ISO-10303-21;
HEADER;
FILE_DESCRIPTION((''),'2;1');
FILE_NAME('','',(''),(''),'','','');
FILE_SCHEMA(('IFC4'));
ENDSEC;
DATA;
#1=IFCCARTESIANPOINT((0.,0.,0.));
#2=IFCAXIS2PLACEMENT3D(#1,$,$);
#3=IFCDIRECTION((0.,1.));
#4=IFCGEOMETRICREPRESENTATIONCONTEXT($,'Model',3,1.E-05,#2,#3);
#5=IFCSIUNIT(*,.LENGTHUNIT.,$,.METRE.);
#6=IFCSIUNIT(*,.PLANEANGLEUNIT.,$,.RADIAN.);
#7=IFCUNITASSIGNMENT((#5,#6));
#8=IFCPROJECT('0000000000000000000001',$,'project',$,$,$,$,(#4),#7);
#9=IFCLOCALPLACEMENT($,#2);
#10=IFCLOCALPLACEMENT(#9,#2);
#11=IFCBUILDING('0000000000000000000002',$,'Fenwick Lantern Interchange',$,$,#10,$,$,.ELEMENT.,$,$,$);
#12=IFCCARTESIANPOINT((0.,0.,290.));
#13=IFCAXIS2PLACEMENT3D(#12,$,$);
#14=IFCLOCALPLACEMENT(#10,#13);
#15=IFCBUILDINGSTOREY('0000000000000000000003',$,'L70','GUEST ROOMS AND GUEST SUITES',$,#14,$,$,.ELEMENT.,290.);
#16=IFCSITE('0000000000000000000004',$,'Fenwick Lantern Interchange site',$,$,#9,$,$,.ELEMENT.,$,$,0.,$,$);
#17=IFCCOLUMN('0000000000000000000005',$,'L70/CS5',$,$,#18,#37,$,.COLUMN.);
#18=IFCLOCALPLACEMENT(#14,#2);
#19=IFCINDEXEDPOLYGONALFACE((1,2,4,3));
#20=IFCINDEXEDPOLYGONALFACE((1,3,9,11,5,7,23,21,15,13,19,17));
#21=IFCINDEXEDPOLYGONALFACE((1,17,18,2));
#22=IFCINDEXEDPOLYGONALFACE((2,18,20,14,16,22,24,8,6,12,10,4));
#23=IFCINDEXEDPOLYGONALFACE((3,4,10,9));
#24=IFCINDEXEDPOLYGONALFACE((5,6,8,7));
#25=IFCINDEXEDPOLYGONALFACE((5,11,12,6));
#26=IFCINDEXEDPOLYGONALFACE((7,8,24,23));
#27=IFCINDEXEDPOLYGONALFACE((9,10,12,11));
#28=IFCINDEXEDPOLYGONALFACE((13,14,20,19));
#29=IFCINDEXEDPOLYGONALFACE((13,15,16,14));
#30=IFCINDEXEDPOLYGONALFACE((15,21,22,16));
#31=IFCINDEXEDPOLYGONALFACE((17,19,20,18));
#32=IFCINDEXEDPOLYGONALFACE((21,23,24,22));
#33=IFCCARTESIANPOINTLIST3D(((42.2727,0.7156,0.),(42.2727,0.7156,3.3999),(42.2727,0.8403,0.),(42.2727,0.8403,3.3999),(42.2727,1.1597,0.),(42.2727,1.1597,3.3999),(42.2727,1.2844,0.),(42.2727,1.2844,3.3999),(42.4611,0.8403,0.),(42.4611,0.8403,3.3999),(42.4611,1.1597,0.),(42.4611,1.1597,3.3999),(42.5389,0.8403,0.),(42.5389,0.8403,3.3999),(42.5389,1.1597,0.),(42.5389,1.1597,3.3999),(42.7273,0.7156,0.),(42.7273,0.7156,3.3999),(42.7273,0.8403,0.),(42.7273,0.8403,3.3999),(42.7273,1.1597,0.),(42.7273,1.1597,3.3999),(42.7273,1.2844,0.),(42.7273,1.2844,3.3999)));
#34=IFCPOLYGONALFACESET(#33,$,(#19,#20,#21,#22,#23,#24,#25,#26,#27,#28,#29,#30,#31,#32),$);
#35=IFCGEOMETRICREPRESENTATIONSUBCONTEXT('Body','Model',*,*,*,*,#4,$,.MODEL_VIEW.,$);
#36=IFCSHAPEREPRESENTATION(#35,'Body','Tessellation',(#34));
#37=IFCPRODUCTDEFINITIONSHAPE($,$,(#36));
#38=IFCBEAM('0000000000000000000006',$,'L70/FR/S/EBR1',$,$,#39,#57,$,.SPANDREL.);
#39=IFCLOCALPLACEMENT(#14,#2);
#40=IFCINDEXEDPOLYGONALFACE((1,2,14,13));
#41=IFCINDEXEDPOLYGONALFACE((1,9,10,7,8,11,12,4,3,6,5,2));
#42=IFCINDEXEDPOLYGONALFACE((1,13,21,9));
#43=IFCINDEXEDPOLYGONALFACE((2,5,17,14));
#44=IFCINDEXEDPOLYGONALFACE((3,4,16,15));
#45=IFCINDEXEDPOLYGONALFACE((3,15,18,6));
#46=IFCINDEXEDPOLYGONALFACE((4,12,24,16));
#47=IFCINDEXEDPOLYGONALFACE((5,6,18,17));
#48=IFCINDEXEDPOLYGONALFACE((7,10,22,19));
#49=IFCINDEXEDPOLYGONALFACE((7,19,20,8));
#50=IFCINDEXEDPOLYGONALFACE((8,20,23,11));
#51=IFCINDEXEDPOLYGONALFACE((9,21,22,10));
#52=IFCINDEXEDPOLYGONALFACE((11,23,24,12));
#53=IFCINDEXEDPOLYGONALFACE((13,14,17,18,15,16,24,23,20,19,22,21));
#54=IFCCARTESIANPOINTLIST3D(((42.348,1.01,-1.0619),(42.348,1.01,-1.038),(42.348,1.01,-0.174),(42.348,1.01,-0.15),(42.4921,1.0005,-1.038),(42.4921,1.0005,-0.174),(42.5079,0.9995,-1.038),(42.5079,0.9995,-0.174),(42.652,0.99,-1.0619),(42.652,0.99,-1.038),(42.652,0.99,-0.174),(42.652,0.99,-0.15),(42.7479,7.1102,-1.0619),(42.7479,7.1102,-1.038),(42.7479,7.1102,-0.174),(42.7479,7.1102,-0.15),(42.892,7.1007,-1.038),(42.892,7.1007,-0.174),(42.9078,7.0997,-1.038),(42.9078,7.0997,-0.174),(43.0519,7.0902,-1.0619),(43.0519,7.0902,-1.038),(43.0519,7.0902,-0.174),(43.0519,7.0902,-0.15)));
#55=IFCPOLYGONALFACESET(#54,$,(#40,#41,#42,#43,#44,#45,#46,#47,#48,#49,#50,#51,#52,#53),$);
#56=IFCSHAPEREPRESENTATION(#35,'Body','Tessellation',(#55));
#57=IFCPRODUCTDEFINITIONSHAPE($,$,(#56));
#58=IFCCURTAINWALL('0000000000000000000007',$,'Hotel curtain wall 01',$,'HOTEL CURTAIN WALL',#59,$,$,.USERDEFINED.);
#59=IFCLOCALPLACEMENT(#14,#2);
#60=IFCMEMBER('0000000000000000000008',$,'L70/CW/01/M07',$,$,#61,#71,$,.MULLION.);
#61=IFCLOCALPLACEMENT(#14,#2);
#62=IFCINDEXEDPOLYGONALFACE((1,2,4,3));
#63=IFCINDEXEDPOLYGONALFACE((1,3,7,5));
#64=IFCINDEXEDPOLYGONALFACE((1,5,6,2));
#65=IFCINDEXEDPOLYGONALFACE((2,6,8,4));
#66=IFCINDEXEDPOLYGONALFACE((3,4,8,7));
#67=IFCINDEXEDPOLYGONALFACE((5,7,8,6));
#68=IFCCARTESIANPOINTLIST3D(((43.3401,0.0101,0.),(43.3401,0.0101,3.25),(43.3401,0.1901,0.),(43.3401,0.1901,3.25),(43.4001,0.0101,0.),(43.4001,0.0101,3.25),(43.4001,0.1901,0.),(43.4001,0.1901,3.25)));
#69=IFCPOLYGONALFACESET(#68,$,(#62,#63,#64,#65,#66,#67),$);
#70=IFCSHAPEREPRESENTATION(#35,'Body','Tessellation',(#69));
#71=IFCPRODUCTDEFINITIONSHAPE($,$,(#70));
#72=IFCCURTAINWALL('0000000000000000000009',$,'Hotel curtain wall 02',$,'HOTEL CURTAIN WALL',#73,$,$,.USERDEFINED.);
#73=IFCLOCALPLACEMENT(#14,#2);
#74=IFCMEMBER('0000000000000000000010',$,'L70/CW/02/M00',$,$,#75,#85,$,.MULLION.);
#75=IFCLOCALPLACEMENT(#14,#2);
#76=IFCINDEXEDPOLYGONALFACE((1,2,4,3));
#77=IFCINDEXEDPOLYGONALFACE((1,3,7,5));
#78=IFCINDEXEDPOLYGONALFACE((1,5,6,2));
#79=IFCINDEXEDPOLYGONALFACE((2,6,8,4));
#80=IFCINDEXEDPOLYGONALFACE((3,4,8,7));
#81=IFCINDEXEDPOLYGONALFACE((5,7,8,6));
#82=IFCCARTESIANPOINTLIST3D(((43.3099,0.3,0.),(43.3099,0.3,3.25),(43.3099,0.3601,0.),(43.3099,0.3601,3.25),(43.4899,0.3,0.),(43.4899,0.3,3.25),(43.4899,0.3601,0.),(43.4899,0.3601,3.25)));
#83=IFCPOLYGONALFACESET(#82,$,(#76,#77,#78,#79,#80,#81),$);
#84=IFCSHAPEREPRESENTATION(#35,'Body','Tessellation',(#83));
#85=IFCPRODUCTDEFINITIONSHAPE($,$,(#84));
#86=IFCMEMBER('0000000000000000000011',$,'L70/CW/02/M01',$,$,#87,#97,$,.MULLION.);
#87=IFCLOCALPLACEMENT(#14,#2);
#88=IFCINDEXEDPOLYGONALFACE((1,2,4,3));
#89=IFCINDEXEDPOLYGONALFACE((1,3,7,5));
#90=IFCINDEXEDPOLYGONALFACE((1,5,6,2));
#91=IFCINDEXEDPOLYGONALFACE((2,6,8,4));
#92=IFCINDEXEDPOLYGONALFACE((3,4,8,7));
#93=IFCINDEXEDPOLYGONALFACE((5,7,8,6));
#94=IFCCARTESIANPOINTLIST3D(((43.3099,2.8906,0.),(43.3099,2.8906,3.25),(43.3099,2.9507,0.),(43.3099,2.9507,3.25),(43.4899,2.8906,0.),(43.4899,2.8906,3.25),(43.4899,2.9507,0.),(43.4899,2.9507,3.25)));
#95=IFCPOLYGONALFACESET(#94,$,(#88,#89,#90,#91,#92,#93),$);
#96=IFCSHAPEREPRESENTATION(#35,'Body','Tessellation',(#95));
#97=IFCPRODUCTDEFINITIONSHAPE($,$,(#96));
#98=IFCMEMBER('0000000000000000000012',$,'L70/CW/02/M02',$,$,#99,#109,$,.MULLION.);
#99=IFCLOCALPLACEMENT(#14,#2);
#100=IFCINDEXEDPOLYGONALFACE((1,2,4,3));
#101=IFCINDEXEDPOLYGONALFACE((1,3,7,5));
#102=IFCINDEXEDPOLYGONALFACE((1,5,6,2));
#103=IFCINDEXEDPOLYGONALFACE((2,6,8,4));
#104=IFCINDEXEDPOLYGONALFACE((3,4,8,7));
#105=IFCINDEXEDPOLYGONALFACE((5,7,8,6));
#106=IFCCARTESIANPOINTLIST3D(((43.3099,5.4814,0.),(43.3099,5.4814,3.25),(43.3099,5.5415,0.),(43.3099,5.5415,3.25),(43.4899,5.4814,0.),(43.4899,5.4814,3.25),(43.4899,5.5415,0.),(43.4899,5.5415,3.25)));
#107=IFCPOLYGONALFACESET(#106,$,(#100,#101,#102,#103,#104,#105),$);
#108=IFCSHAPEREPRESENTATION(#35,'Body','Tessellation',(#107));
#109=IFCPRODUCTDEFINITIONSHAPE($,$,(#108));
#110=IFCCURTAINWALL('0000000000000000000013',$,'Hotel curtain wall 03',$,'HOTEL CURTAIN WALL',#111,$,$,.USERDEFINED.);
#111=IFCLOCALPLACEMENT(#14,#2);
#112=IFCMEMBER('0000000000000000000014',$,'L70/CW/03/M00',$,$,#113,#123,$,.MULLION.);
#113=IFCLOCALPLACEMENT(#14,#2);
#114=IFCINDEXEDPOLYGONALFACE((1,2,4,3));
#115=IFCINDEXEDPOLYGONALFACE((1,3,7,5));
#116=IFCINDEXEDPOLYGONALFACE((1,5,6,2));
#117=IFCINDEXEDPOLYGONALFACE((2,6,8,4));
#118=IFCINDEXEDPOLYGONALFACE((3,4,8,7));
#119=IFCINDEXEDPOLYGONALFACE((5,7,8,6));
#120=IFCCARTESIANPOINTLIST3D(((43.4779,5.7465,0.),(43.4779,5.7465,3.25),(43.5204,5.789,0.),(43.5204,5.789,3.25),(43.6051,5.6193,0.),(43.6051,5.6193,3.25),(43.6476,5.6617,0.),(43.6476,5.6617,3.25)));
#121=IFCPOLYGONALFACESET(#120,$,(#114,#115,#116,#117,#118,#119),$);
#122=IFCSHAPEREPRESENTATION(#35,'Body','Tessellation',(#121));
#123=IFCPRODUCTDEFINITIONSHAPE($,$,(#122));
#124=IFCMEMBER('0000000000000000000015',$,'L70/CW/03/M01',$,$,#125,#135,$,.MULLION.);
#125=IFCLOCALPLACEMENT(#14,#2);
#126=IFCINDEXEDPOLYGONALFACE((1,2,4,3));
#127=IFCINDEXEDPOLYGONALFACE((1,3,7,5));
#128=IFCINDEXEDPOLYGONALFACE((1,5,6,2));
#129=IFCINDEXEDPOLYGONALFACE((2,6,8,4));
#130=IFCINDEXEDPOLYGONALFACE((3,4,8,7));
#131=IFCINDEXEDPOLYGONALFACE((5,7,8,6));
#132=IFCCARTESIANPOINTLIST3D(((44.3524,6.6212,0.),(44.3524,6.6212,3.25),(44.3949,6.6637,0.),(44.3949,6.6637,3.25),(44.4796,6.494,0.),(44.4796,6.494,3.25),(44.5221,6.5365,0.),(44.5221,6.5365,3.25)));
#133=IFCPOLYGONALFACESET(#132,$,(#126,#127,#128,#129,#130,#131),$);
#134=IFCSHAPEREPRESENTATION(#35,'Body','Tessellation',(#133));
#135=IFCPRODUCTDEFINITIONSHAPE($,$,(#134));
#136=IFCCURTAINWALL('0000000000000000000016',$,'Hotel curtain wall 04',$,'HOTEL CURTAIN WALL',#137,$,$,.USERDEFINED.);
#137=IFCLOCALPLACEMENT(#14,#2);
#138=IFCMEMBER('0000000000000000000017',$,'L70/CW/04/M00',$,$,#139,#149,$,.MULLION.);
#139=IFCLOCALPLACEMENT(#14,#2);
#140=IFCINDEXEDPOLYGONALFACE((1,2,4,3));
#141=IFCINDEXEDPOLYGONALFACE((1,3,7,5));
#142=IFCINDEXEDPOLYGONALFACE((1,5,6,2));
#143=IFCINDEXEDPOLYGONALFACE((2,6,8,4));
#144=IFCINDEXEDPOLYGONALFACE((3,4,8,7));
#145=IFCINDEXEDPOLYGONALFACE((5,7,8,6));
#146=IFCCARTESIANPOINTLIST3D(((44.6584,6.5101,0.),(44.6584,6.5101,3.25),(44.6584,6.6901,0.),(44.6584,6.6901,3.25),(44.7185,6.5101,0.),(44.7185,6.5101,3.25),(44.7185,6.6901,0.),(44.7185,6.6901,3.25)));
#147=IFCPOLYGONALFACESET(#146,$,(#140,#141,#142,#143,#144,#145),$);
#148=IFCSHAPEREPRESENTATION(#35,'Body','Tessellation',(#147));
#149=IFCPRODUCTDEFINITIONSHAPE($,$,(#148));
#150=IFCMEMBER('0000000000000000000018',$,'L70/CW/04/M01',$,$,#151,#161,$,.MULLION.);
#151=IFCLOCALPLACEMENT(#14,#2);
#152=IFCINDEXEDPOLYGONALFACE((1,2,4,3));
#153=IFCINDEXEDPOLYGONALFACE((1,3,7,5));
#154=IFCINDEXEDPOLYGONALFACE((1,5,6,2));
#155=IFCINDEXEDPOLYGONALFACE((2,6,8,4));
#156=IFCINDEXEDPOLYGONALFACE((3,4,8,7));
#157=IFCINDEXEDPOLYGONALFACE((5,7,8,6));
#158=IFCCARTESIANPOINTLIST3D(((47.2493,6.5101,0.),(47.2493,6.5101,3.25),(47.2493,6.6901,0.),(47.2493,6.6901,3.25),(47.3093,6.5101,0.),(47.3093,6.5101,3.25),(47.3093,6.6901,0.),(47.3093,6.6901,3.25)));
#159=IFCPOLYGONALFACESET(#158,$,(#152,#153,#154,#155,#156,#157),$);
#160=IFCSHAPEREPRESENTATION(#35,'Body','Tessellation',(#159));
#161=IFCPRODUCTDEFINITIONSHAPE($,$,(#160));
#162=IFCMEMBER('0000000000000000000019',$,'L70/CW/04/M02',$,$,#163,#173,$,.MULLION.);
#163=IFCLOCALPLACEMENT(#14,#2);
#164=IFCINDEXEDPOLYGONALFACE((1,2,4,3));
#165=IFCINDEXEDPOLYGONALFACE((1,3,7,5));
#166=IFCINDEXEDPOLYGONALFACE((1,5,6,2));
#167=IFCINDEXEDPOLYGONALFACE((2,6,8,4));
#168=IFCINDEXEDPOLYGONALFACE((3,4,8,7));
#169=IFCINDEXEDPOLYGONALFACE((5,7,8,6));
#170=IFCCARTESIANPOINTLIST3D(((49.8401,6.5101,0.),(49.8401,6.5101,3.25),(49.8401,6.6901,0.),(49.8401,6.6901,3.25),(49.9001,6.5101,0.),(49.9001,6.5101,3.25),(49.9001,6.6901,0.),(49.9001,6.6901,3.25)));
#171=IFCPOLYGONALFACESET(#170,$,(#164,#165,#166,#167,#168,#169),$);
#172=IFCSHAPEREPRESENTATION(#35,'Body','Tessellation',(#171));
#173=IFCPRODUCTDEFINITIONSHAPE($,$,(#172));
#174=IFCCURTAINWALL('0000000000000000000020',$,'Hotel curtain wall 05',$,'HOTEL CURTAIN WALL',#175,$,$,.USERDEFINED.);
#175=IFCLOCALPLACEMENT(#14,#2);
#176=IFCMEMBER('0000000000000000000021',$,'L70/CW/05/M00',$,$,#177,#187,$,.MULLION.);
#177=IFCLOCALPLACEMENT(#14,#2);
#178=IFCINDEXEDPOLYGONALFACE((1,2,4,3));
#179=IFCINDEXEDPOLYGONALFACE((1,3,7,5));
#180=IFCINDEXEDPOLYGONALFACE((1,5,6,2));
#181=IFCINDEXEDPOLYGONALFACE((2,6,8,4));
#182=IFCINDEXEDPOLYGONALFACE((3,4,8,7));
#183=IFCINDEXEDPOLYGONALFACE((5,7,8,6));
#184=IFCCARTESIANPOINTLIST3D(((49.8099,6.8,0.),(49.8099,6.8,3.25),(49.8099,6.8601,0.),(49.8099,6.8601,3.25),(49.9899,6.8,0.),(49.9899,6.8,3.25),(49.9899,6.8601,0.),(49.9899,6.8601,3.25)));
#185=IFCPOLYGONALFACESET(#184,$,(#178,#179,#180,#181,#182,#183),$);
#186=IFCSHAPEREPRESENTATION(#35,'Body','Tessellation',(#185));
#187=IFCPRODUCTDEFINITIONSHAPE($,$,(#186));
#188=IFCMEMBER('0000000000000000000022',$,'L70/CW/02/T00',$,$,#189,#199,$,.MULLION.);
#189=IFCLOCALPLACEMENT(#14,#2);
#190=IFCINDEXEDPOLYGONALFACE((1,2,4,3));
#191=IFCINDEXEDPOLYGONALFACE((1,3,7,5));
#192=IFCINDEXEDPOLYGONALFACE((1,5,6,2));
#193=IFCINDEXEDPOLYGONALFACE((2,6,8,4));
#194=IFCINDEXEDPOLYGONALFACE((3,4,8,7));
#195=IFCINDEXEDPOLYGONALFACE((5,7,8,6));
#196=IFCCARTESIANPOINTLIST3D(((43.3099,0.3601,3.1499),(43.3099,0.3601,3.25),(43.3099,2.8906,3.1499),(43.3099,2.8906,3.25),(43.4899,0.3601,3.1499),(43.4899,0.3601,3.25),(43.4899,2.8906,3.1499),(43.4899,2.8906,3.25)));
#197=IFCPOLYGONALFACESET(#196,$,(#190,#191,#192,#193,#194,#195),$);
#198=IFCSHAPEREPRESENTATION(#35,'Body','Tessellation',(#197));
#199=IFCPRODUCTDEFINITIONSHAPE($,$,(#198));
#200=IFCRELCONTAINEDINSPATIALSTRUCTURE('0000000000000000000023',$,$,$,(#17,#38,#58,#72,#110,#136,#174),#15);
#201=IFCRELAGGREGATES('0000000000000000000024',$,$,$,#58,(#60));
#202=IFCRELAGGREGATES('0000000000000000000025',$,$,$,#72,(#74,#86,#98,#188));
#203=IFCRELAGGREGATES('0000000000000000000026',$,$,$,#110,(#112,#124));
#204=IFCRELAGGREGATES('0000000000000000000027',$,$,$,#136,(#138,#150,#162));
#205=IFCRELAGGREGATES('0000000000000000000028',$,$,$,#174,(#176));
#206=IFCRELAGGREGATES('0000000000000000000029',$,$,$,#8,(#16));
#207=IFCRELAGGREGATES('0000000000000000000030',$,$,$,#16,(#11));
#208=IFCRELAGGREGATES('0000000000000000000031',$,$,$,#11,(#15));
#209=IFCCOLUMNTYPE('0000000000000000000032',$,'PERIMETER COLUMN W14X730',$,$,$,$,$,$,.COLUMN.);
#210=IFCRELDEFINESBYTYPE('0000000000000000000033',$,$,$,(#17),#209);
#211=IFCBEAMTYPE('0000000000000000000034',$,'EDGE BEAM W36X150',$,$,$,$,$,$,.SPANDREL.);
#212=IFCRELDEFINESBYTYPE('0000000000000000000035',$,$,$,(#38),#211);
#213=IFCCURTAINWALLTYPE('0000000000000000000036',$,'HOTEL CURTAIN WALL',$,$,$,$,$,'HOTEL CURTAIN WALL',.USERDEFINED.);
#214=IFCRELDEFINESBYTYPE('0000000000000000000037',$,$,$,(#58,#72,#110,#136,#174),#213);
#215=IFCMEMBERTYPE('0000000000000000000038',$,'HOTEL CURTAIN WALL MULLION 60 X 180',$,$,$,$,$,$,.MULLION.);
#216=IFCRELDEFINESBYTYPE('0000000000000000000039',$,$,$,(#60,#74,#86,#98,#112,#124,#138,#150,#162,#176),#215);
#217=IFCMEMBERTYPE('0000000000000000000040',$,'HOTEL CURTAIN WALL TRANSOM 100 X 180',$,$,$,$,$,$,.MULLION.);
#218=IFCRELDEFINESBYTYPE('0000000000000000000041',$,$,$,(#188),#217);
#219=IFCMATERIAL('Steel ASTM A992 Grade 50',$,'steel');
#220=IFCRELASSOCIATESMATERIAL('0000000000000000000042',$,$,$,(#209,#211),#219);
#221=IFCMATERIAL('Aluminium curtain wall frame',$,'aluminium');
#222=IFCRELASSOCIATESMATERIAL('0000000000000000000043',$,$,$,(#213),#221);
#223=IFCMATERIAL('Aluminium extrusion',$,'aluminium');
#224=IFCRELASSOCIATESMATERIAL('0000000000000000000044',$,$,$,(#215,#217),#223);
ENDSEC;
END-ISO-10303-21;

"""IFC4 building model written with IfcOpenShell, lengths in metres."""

from ifc_helpers import new_model, si_unit, direction, frame, origin, origin_2d, place, context, subcontext, project, spatial, rectangle, i_section, extrude, material, material_profile, profile_set, type_object, element, aggregate, save


model = new_model("IFC4")

# Units and contexts
model_context = context("Model", 3, precision=1e-05, world=origin(), true_north=direction((0.0, 1.0)))
body_context = subcontext(model_context, "Body", "Model", "MODEL_VIEW")
ifc_project = project(units=[si_unit("LENGTHUNIT", "METRE"), si_unit("PLANEANGLEUNIT", "RADIAN")], contexts=[model_context])

# Site, building, storey
site_placement = place(None, origin())
site = spatial("IfcSite", under=ifc_project, at=site_placement, Name="Fenwick Lantern Interchange site", CompositionType="ELEMENT", RefElevation=0.0)
building_placement = place(site_placement, origin())
building = spatial("IfcBuilding", under=site, at=building_placement, Name="Fenwick Lantern Interchange", CompositionType="ELEMENT")
storey_placement = place(building_placement, frame((0.0, 0.0, 290.0)))
storey = spatial("IfcBuildingStorey", under=building, at=storey_placement, Name="L70", Description="GUEST ROOMS AND GUEST SUITES", CompositionType="ELEMENT", Elevation=290.0)

# Column
ifc_material_1 = material(Name="Steel ASTM A992 Grade 50", Category="steel")
ifc_material_profile_1 = material_profile(ifc_material_1, i_section(OverallWidth=0.4546, OverallDepth=0.5688, WebThickness=0.0779, FlangeThickness=0.1248, at=origin_2d()), Name="W14X730")
ifc_profile_set_1 = profile_set([ifc_material_profile_1], Name="Steel ASTM A992 Grade 50")
column_type = type_object("IfcColumnType", Name="PERIMETER COLUMN W14X730", PredefinedType="COLUMN", material=ifc_profile_set_1)
column_placement = place(storey_placement, frame((42.5, 1.0, 0.0), z_axis=(0.0, 0.0, 1.0), x_axis=(1.0, 0.0, 0.0)))
element("IfcColumn", 1, at=column_placement, inside=storey, type_object=column_type, Name="L70/CS5", PredefinedType="COLUMN", context=body_context, shape_type="SweptSolid", body=[
    extrude(i_section(OverallWidth=0.4546, OverallDepth=0.5688, WebThickness=0.0779, FlangeThickness=0.1248, at=origin_2d()), origin(), (0.0, 0.0, 1.0), 3.3999),
])

# Beam
ifc_material_profile_2 = material_profile(ifc_material_1, i_section(OverallWidth=0.3047, OverallDepth=0.9119, WebThickness=0.0159, FlangeThickness=0.0239, at=origin_2d()), Name="W36X150")
ifc_profile_set_2 = profile_set([ifc_material_profile_2], Name="Steel ASTM A992 Grade 50")
beam_type = type_object("IfcBeamType", Name="EDGE BEAM W36X150", PredefinedType="SPANDREL", material=ifc_profile_set_2)
beam_placement = place(storey_placement, frame((42.5, 1.0, -0.606), z_axis=(0.065416, 0.997858, 0.0), x_axis=(-0.997858, 0.065416, 0.0)))
element("IfcBeam", 2, at=beam_placement, inside=storey, type_object=beam_type, Name="L70/FR/S/EBR1", PredefinedType="SPANDREL", context=body_context, shape_type="SweptSolid", body=[
    extrude(i_section(OverallWidth=0.3047, OverallDepth=0.9119, WebThickness=0.0159, FlangeThickness=0.0239, at=origin_2d()), origin(), (0.0, 0.0, 1.0), 6.1133),
])

# Curtain wall, member
ifc_material_2 = material(Name="Aluminium curtain wall frame", Category="aluminium")
curtain_wall_type = type_object("IfcCurtainWallType", Name="HOTEL CURTAIN WALL", ElementType="HOTEL CURTAIN WALL", PredefinedType="USERDEFINED", material=ifc_material_2)
curtain_wall_1_placement = place(storey_placement, origin())
curtain_wall_1 = element("IfcCurtainWall", 3, at=curtain_wall_1_placement, inside=storey, type_object=curtain_wall_type, Name="Hotel curtain wall 01", ObjectType="HOTEL CURTAIN WALL", PredefinedType="USERDEFINED")
ifc_material_3 = material(Name="Aluminium extrusion", Category="aluminium")
ifc_material_profile_3 = material_profile(ifc_material_3, rectangle(XDim=0.1799, YDim=0.0601, at=origin_2d()), Name="HOTEL CURTAIN WALL MULLION 60 X 180")
ifc_profile_set_3 = profile_set([ifc_material_profile_3], Name="Aluminium extrusion")
member_type_1 = type_object("IfcMemberType", Name="HOTEL CURTAIN WALL MULLION 60 X 180", PredefinedType="MULLION", material=ifc_profile_set_3)
member_1_placement = place(storey_placement, frame((43.3701, 0.1001, 0.0), z_axis=(0.0, 0.0, 1.0), x_axis=(0.0, 1.0, 0.0)))
member_1 = element("IfcMember", 4, at=member_1_placement, type_object=member_type_1, Name="L70/CW/01/M07", PredefinedType="MULLION", context=body_context, shape_type="SweptSolid", body=[
    extrude(rectangle(XDim=0.1799, YDim=0.0601, at=origin_2d()), origin(), (0.0, 0.0, 1.0), 3.25),
])
aggregate(curtain_wall_1, [member_1])

# Curtain walls, members
curtain_wall_2_placement = place(storey_placement, origin())
curtain_wall_2 = element("IfcCurtainWall", 5, at=curtain_wall_2_placement, inside=storey, type_object=curtain_wall_type, Name="Hotel curtain wall 02", ObjectType="HOTEL CURTAIN WALL", PredefinedType="USERDEFINED")
member_2_placement = place(storey_placement, frame((43.3999, 0.3301, 0.0), z_axis=(0.0, 0.0, 1.0), x_axis=(-1.0, 0.0, 0.0)))
member_2 = element("IfcMember", 6, at=member_2_placement, type_object=member_type_1, Name="L70/CW/02/M00", PredefinedType="MULLION", context=body_context, shape_type="SweptSolid", body=[
    extrude(rectangle(XDim=0.1799, YDim=0.0601, at=origin_2d()), origin(), (0.0, 0.0, 1.0), 3.25),
])
member_3_placement = place(storey_placement, frame((43.3999, 2.9207, 0.0), z_axis=(0.0, 0.0, 1.0), x_axis=(-1.0, 0.0, 0.0)))
member_3 = element("IfcMember", 7, at=member_3_placement, type_object=member_type_1, Name="L70/CW/02/M01", PredefinedType="MULLION", context=body_context, shape_type="SweptSolid", body=[
    extrude(rectangle(XDim=0.1799, YDim=0.0601, at=origin_2d()), origin(), (0.0, 0.0, 1.0), 3.25),
])
member_4_placement = place(storey_placement, frame((43.3999, 5.5115, 0.0), z_axis=(0.0, 0.0, 1.0), x_axis=(-1.0, 0.0, 0.0)))
member_4 = element("IfcMember", 8, at=member_4_placement, type_object=member_type_1, Name="L70/CW/02/M02", PredefinedType="MULLION", context=body_context, shape_type="SweptSolid", body=[
    extrude(rectangle(XDim=0.1799, YDim=0.0601, at=origin_2d()), origin(), (0.0, 0.0, 1.0), 3.25),
])
curtain_wall_3_placement = place(storey_placement, origin())
curtain_wall_3 = element("IfcCurtainWall", 9, at=curtain_wall_3_placement, inside=storey, type_object=curtain_wall_type, Name="Hotel curtain wall 03", ObjectType="HOTEL CURTAIN WALL", PredefinedType="USERDEFINED")
member_5_placement = place(storey_placement, frame((43.5627, 5.7041, 0.0), z_axis=(0.0, 0.0, 1.0), x_axis=(-0.707107, 0.707107, 0.0)))
member_5 = element("IfcMember", 10, at=member_5_placement, type_object=member_type_1, Name="L70/CW/03/M00", PredefinedType="MULLION", context=body_context, shape_type="SweptSolid", body=[
    extrude(rectangle(XDim=0.1799, YDim=0.0601, at=origin_2d()), origin(), (0.0, 0.0, 1.0), 3.25),
])
member_6_placement = place(storey_placement, frame((44.4373, 6.5789, 0.0), z_axis=(0.0, 0.0, 1.0), x_axis=(-0.707107, 0.707107, 0.0)))
member_6 = element("IfcMember", 11, at=member_6_placement, type_object=member_type_1, Name="L70/CW/03/M01", PredefinedType="MULLION", context=body_context, shape_type="SweptSolid", body=[
    extrude(rectangle(XDim=0.1799, YDim=0.0601, at=origin_2d()), origin(), (0.0, 0.0, 1.0), 3.25),
])
curtain_wall_4_placement = place(storey_placement, origin())
curtain_wall_4 = element("IfcCurtainWall", 12, at=curtain_wall_4_placement, inside=storey, type_object=curtain_wall_type, Name="Hotel curtain wall 04", ObjectType="HOTEL CURTAIN WALL", PredefinedType="USERDEFINED")
member_7_placement = place(storey_placement, frame((44.6885, 6.6001, 0.0), z_axis=(0.0, 0.0, 1.0), x_axis=(0.0, 1.0, 0.0)))
member_7 = element("IfcMember", 13, at=member_7_placement, type_object=member_type_1, Name="L70/CW/04/M00", PredefinedType="MULLION", context=body_context, shape_type="SweptSolid", body=[
    extrude(rectangle(XDim=0.1799, YDim=0.0601, at=origin_2d()), origin(), (0.0, 0.0, 1.0), 3.25),
])
member_8_placement = place(storey_placement, frame((47.2793, 6.6001, 0.0), z_axis=(0.0, 0.0, 1.0), x_axis=(0.0, 1.0, 0.0)))
member_8 = element("IfcMember", 14, at=member_8_placement, type_object=member_type_1, Name="L70/CW/04/M01", PredefinedType="MULLION", context=body_context, shape_type="SweptSolid", body=[
    extrude(rectangle(XDim=0.1799, YDim=0.0601, at=origin_2d()), origin(), (0.0, 0.0, 1.0), 3.25),
])
member_9_placement = place(storey_placement, frame((49.8701, 6.6001, 0.0), z_axis=(0.0, 0.0, 1.0), x_axis=(0.0, 1.0, 0.0)))
member_9 = element("IfcMember", 15, at=member_9_placement, type_object=member_type_1, Name="L70/CW/04/M02", PredefinedType="MULLION", context=body_context, shape_type="SweptSolid", body=[
    extrude(rectangle(XDim=0.1799, YDim=0.0601, at=origin_2d()), origin(), (0.0, 0.0, 1.0), 3.25),
])

# Curtain wall, member
curtain_wall_5_placement = place(storey_placement, origin())
curtain_wall_5 = element("IfcCurtainWall", 16, at=curtain_wall_5_placement, inside=storey, type_object=curtain_wall_type, Name="Hotel curtain wall 05", ObjectType="HOTEL CURTAIN WALL", PredefinedType="USERDEFINED")
member_10_placement = place(storey_placement, frame((49.8999, 6.8301, 0.0), z_axis=(0.0, 0.0, 1.0), x_axis=(-1.0, 0.0, 0.0)))
member_10 = element("IfcMember", 17, at=member_10_placement, type_object=member_type_1, Name="L70/CW/05/M00", PredefinedType="MULLION", context=body_context, shape_type="SweptSolid", body=[
    extrude(rectangle(XDim=0.1799, YDim=0.0601, at=origin_2d()), origin(), (0.0, 0.0, 1.0), 3.25),
])

# Member
ifc_material_profile_4 = material_profile(ifc_material_3, rectangle(XDim=0.1799, YDim=0.1001, at=origin_2d()), Name="HOTEL CURTAIN WALL TRANSOM 100 X 180")
ifc_profile_set_4 = profile_set([ifc_material_profile_4], Name="Aluminium extrusion")
member_type_2 = type_object("IfcMemberType", Name="HOTEL CURTAIN WALL TRANSOM 100 X 180", PredefinedType="MULLION", material=ifc_profile_set_4)
member_11_placement = place(storey_placement, frame((43.3999, 0.3601, 3.2), z_axis=(0.0, 1.0, 0.0), x_axis=(-1.0, 0.0, 0.0)))
member_11 = element("IfcMember", 18, at=member_11_placement, type_object=member_type_2, Name="L70/CW/02/T00", PredefinedType="MULLION", context=body_context, shape_type="SweptSolid", body=[
    extrude(rectangle(XDim=0.1799, YDim=0.1001, at=origin_2d()), origin(), (0.0, 0.0, 1.0), 2.5305),
])

aggregate(curtain_wall_2, [member_2, member_3, member_4, member_11])
aggregate(curtain_wall_3, [member_5, member_6])
aggregate(curtain_wall_4, [member_7, member_8, member_9])
aggregate(curtain_wall_5, [member_10])

save(model, "model.ifc")
